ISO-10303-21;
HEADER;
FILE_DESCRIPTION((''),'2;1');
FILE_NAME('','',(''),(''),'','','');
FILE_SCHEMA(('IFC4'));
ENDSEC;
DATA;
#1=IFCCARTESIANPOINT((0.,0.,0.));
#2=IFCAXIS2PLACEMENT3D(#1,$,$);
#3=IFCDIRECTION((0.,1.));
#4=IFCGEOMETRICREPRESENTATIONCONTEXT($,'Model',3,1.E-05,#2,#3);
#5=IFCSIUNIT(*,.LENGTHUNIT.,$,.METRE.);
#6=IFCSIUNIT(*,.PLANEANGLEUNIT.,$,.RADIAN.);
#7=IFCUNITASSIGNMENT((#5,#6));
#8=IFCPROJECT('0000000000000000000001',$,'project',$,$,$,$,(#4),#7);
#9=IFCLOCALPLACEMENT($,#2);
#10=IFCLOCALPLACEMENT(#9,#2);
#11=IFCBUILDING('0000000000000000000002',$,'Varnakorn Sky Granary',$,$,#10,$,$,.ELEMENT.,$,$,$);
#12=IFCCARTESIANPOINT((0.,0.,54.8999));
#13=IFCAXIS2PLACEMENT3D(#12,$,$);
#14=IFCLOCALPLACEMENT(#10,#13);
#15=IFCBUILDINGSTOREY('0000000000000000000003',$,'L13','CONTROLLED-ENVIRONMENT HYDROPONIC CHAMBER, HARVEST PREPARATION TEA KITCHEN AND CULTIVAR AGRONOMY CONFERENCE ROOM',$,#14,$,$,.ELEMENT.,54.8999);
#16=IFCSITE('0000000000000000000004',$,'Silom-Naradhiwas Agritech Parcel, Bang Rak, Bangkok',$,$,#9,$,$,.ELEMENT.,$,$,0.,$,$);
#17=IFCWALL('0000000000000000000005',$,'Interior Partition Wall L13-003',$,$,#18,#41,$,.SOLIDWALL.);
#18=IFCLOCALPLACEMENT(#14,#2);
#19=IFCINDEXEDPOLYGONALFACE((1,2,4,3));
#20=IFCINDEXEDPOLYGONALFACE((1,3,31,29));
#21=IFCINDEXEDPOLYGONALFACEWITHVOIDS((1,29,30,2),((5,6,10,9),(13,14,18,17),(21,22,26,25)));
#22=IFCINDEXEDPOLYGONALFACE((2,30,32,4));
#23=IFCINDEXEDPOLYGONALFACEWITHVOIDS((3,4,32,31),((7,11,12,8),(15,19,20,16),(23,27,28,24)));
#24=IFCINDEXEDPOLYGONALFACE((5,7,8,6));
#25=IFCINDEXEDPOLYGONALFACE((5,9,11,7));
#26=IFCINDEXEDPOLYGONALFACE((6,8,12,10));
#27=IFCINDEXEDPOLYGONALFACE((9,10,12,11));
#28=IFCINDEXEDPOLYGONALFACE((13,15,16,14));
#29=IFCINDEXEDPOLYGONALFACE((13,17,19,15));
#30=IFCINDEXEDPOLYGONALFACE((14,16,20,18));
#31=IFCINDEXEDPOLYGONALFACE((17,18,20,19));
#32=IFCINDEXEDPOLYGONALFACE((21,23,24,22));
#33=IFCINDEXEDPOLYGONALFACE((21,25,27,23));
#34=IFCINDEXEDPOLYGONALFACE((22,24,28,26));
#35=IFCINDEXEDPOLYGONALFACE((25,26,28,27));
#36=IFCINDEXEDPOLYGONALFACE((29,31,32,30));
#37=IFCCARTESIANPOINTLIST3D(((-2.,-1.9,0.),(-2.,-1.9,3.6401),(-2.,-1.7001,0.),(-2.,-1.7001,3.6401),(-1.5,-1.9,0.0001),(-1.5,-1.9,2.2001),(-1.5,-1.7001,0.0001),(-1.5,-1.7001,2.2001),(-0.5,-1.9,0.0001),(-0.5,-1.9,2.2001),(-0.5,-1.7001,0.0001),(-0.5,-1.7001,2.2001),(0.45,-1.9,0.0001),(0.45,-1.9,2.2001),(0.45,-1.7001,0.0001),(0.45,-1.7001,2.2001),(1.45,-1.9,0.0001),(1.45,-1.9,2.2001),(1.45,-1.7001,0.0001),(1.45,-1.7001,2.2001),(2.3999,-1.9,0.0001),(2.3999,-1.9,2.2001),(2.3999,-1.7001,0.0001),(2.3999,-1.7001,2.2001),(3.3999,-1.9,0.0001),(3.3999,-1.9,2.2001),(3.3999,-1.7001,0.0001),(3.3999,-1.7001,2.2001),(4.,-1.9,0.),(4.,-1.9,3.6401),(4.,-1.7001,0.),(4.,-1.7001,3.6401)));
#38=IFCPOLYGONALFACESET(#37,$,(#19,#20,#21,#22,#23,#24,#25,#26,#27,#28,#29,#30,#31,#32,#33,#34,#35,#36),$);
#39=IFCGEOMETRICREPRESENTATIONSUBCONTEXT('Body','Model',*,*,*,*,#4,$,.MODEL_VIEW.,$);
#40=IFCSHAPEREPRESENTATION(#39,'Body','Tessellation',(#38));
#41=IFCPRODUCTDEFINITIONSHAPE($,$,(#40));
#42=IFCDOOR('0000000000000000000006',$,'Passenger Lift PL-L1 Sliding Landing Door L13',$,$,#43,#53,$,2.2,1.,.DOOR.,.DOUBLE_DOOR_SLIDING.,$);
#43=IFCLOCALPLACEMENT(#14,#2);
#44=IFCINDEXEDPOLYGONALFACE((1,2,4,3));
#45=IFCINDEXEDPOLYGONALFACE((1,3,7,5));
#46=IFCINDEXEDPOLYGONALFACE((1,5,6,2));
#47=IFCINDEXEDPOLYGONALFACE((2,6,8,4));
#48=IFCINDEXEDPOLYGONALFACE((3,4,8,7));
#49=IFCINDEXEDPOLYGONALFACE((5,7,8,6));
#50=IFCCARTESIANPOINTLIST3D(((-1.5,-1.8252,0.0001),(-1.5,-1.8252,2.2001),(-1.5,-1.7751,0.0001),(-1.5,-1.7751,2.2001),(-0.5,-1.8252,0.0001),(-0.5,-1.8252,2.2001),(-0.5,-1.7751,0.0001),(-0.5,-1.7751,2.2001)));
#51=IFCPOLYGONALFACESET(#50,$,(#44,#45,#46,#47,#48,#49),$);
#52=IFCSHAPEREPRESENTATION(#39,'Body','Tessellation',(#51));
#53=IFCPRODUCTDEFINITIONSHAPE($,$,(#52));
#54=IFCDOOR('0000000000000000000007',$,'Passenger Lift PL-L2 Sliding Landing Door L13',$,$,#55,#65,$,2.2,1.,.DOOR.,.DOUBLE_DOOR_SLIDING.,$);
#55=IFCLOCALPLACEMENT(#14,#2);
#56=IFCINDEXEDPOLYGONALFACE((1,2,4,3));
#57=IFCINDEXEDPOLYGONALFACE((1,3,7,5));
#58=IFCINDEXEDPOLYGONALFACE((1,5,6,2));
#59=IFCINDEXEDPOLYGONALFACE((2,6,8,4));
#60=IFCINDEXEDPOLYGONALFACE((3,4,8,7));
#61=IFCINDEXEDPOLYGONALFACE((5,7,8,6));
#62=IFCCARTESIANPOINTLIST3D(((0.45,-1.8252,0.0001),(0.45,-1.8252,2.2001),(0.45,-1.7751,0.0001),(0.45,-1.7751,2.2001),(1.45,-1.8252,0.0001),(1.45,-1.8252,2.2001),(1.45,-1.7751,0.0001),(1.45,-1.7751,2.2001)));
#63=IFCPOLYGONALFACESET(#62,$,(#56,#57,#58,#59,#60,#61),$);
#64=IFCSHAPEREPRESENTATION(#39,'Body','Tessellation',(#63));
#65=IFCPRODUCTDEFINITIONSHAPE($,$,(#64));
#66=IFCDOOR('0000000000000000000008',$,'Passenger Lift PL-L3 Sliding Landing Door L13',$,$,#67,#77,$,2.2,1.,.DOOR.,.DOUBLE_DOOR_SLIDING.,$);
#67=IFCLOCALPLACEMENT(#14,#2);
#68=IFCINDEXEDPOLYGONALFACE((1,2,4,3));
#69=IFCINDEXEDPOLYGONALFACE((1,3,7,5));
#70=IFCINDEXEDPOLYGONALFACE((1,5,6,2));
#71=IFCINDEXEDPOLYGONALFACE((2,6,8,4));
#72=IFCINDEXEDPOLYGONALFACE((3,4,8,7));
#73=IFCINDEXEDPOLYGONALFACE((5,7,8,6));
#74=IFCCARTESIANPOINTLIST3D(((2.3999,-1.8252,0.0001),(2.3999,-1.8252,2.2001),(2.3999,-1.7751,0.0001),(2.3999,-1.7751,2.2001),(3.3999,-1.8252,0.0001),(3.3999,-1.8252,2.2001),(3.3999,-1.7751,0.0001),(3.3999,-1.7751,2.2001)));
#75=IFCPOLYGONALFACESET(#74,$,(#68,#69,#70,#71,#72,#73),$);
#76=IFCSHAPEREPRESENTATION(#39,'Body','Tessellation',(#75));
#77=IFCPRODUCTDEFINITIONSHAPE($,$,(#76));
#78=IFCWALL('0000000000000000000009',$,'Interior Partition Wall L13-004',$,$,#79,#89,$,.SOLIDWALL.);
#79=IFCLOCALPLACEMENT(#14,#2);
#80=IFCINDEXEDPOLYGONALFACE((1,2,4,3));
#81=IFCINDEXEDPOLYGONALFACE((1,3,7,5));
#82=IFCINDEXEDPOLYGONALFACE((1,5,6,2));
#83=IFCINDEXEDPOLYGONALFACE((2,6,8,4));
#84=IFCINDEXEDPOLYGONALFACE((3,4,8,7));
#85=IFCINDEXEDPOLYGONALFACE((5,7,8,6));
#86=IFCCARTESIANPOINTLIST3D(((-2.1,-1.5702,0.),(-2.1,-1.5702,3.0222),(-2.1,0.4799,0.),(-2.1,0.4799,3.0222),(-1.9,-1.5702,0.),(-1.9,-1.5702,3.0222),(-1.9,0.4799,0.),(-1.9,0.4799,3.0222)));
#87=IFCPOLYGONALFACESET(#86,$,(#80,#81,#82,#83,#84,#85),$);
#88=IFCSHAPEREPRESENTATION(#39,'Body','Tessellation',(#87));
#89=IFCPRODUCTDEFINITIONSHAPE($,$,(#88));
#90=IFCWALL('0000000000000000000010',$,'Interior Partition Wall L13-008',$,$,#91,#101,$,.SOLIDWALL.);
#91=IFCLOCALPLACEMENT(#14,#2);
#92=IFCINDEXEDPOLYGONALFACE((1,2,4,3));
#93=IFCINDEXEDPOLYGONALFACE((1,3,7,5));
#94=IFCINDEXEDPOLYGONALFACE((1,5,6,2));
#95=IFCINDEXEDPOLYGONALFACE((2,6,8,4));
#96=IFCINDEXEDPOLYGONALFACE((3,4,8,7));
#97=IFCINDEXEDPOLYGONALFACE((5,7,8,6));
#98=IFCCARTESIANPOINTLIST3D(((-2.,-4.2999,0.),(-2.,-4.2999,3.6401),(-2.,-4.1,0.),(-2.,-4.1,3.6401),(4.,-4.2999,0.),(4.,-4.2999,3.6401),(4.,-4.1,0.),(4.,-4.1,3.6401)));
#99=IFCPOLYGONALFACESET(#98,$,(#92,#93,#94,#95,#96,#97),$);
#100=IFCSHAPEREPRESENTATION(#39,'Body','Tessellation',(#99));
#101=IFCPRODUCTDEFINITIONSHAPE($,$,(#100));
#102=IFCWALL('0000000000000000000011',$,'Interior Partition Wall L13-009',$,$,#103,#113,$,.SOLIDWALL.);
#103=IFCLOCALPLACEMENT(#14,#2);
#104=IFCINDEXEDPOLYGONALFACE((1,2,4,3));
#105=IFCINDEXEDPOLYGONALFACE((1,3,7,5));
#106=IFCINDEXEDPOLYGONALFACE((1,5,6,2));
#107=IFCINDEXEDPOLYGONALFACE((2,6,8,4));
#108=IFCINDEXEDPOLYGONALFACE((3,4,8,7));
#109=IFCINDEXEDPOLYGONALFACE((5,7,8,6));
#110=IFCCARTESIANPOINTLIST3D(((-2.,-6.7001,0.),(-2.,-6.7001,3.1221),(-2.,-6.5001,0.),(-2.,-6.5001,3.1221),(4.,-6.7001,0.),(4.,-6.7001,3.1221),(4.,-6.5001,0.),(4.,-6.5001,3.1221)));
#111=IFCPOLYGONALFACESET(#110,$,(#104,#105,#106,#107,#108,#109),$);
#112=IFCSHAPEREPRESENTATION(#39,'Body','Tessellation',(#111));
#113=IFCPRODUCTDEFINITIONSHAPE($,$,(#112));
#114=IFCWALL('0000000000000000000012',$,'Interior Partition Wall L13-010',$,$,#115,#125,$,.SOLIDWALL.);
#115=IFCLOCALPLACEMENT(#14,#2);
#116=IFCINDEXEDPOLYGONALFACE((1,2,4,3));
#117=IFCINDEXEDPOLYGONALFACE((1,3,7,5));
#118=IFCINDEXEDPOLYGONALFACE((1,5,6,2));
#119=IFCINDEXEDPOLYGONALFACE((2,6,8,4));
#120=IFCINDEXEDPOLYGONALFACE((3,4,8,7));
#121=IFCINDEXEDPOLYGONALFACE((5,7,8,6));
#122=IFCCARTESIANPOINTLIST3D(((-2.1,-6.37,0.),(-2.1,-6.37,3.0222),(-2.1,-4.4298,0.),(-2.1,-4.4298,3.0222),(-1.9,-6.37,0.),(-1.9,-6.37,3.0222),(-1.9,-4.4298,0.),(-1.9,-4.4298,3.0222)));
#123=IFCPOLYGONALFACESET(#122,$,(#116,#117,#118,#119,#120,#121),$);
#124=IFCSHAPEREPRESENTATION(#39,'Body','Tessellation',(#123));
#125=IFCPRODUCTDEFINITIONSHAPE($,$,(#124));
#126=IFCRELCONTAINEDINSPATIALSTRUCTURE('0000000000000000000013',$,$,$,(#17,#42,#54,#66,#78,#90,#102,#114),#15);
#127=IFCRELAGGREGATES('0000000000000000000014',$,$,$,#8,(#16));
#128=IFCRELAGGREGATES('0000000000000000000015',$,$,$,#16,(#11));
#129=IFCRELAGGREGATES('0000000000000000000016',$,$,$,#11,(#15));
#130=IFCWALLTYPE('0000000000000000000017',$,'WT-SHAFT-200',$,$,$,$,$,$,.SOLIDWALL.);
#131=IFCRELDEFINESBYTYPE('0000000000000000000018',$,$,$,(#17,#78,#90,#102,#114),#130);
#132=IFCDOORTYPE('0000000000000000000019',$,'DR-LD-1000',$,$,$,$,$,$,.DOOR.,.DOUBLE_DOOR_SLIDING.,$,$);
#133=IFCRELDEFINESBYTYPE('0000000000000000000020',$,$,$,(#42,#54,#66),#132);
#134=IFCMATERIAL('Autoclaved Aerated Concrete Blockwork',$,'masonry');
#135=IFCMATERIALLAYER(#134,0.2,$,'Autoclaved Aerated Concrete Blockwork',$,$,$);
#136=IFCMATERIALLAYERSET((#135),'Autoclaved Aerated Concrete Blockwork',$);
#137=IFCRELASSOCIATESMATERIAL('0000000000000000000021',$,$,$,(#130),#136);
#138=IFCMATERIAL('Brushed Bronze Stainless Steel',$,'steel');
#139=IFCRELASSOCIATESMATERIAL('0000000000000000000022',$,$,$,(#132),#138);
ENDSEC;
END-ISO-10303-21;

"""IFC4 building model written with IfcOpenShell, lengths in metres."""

from ifc_helpers import new_model, si_unit, direction, frame, frame_2d, origin, place, context, subcontext, project, spatial, rectangle, extrude, material, layer, layer_set, type_object, element, fill, save


model = new_model("IFC4")

# Units and contexts
model_context = context("Model", 3, precision=1e-05, world=origin(), true_north=direction((0.0, 1.0)))
body_context = subcontext(model_context, "Body", "Model", "MODEL_VIEW")
ifc_project = project(units=[si_unit("LENGTHUNIT", "METRE"), si_unit("PLANEANGLEUNIT", "RADIAN")], contexts=[model_context])

# Site, building, storey
site_placement = place(None, origin())
site = spatial("IfcSite", under=ifc_project, at=site_placement, Name="Silom-Naradhiwas Agritech Parcel, Bang Rak, Bangkok", CompositionType="ELEMENT", RefElevation=0.0)
building_placement = place(site_placement, origin())
building = spatial("IfcBuilding", under=site, at=building_placement, Name="Varnakorn Sky Granary", CompositionType="ELEMENT")
storey_placement = place(building_placement, frame((0.0, 0.0, 54.8999)))
storey = spatial("IfcBuildingStorey", under=building, at=storey_placement, Name="L13", Description="CONTROLLED-ENVIRONMENT HYDROPONIC CHAMBER, HARVEST PREPARATION TEA KITCHEN AND CULTIVAR AGRONOMY CONFERENCE ROOM", CompositionType="ELEMENT", Elevation=54.8999)

# Shared definitions
ifc_material_1 = material(Name="Autoclaved Aerated Concrete Blockwork", Category="masonry")

# Wall, openings, doors
ifc_layer_1 = layer(ifc_material_1, 0.2, Name="Autoclaved Aerated Concrete Blockwork")
ifc_layer_set_1 = layer_set([ifc_layer_1], Name="Autoclaved Aerated Concrete Blockwork")
wall_type_1 = type_object("IfcWallType", Name="WT-SHAFT-200", PredefinedType="SOLIDWALL", material=ifc_layer_set_1)
wall_1_placement = place(storey_placement, frame((-2.0, -1.8, 0.0), z_axis=(0.0, 0.0, 1.0), x_axis=(1.0, 0.0, 0.0)))
wall_1 = element("IfcWall", 1, at=wall_1_placement, inside=storey, type_object=wall_type_1, Name="Interior Partition Wall L13-003", PredefinedType="SOLIDWALL", context=body_context, shape_type="SweptSolid", body=[
    extrude(rectangle(XDim=6.0, YDim=0.2, at=frame_2d((3.0, 0.0))), origin(), (0.0, 0.0, 1.0), 3.6401),
])
opening_1_placement = place(wall_1_placement, frame((0.5, 0.0, 0.0)))
opening_1 = element("IfcOpeningElement", 2, at=opening_1_placement, cuts=wall_1, PredefinedType="OPENING", context=body_context, shape_type="SweptSolid", body=[
    extrude(rectangle(XDim=1.0, YDim=2.2, at=frame_2d((0.5, 1.1001))), frame((0.0, 0.1099, 0.0), z_axis=(0.0, -1.0, 0.0), x_axis=(1.0, 0.0, 0.0)), (0.0, 0.0, 1.0), 0.22),
])
opening_2_placement = place(wall_1_placement, frame((2.45, 0.0, 0.0)))
opening_2 = element("IfcOpeningElement", 3, at=opening_2_placement, cuts=wall_1, PredefinedType="OPENING", context=body_context, shape_type="SweptSolid", body=[
    extrude(rectangle(XDim=1.0, YDim=2.2, at=frame_2d((0.5, 1.1001))), frame((0.0, 0.1099, 0.0), z_axis=(0.0, -1.0, 0.0), x_axis=(1.0, 0.0, 0.0)), (0.0, 0.0, 1.0), 0.22),
])
opening_3_placement = place(wall_1_placement, frame((4.3999, 0.0, 0.0)))
opening_3 = element("IfcOpeningElement", 4, at=opening_3_placement, cuts=wall_1, PredefinedType="OPENING", context=body_context, shape_type="SweptSolid", body=[
    extrude(rectangle(XDim=1.0, YDim=2.2, at=frame_2d((0.5, 1.1001))), frame((0.0, 0.1099, 0.0), z_axis=(0.0, -1.0, 0.0), x_axis=(1.0, 0.0, 0.0)), (0.0, 0.0, 1.0), 0.22),
])
ifc_material_2 = material(Name="Brushed Bronze Stainless Steel", Category="steel")
door_type_1 = type_object("IfcDoorType", Name="DR-LD-1000", OperationType="DOUBLE_DOOR_SLIDING", PredefinedType="DOOR", material=ifc_material_2)
door_1_placement = place(opening_1_placement, origin())
door_1 = element("IfcDoor", 5, at=door_1_placement, inside=storey, type_object=door_type_1, Name="Passenger Lift PL-L1 Sliding Landing Door L13", OperationType="DOUBLE_DOOR_SLIDING", OverallHeight=2.2, OverallWidth=1.0, PredefinedType="DOOR", context=body_context, shape_type="SweptSolid", body=[
    extrude(rectangle(XDim=1.0, YDim=2.2, at=frame_2d((0.5, 1.1001))), frame((0.0, 0.0249, 0.0), z_axis=(0.0, -1.0, 0.0), x_axis=(1.0, 0.0, 0.0)), (0.0, 0.0, 1.0), 0.05),
])
fill(opening_1, door_1)
door_2_placement = place(opening_2_placement, origin())
door_2 = element("IfcDoor", 6, at=door_2_placement, inside=storey, type_object=door_type_1, Name="Passenger Lift PL-L2 Sliding Landing Door L13", OperationType="DOUBLE_DOOR_SLIDING", OverallHeight=2.2, OverallWidth=1.0, PredefinedType="DOOR", context=body_context, shape_type="SweptSolid", body=[
    extrude(rectangle(XDim=1.0, YDim=2.2, at=frame_2d((0.5, 1.1001))), frame((0.0, 0.0249, 0.0), z_axis=(0.0, -1.0, 0.0), x_axis=(1.0, 0.0, 0.0)), (0.0, 0.0, 1.0), 0.05),
])
fill(opening_2, door_2)
door_3_placement = place(opening_3_placement, origin())
door_3 = element("IfcDoor", 7, at=door_3_placement, inside=storey, type_object=door_type_1, Name="Passenger Lift PL-L3 Sliding Landing Door L13", OperationType="DOUBLE_DOOR_SLIDING", OverallHeight=2.2, OverallWidth=1.0, PredefinedType="DOOR", context=body_context, shape_type="SweptSolid", body=[
    extrude(rectangle(XDim=1.0, YDim=2.2, at=frame_2d((0.5, 1.1001))), frame((0.0, 0.0249, 0.0), z_axis=(0.0, -1.0, 0.0), x_axis=(1.0, 0.0, 0.0)), (0.0, 0.0, 1.0), 0.05),
])
fill(opening_3, door_3)

# Walls
wall_2_placement = place(storey_placement, frame((-2.0, -1.5701, 0.0), z_axis=(0.0, 0.0, 1.0), x_axis=(0.0, 1.0, 0.0)))
element("IfcWall", 8, at=wall_2_placement, inside=storey, type_object=wall_type_1, Name="Interior Partition Wall L13-004", PredefinedType="SOLIDWALL", context=body_context, shape_type="SweptSolid", body=[
    extrude(rectangle(XDim=2.05, YDim=0.2, at=frame_2d((1.0249, 0.0))), origin(), (0.0, 0.0, 1.0), 3.0222),
])
wall_3_placement = place(storey_placement, frame((-2.0, -4.2, 0.0), z_axis=(0.0, 0.0, 1.0), x_axis=(1.0, 0.0, 0.0)))
element("IfcWall", 9, at=wall_3_placement, inside=storey, type_object=wall_type_1, Name="Interior Partition Wall L13-008", PredefinedType="SOLIDWALL", context=body_context, shape_type="SweptSolid", body=[
    extrude(rectangle(XDim=6.0, YDim=0.2, at=frame_2d((3.0, 0.0))), origin(), (0.0, 0.0, 1.0), 3.6401),
])
wall_4_placement = place(storey_placement, frame((-2.0, -6.6001, 0.0), z_axis=(0.0, 0.0, 1.0), x_axis=(1.0, 0.0, 0.0)))
element("IfcWall", 10, at=wall_4_placement, inside=storey, type_object=wall_type_1, Name="Interior Partition Wall L13-009", PredefinedType="SOLIDWALL", context=body_context, shape_type="SweptSolid", body=[
    extrude(rectangle(XDim=6.0, YDim=0.2, at=frame_2d((3.0, 0.0))), origin(), (0.0, 0.0, 1.0), 3.1221),
])
wall_5_placement = place(storey_placement, frame((-2.0, -6.3701, 0.0), z_axis=(0.0, 0.0, 1.0), x_axis=(0.0, 1.0, 0.0)))
element("IfcWall", 11, at=wall_5_placement, inside=storey, type_object=wall_type_1, Name="Interior Partition Wall L13-010", PredefinedType="SOLIDWALL", context=body_context, shape_type="SweptSolid", body=[
    extrude(rectangle(XDim=1.9402, YDim=0.2, at=frame_2d((0.9702, 0.0))), origin(), (0.0, 0.0, 1.0), 3.0222),
])

save(model, "model.ifc")
